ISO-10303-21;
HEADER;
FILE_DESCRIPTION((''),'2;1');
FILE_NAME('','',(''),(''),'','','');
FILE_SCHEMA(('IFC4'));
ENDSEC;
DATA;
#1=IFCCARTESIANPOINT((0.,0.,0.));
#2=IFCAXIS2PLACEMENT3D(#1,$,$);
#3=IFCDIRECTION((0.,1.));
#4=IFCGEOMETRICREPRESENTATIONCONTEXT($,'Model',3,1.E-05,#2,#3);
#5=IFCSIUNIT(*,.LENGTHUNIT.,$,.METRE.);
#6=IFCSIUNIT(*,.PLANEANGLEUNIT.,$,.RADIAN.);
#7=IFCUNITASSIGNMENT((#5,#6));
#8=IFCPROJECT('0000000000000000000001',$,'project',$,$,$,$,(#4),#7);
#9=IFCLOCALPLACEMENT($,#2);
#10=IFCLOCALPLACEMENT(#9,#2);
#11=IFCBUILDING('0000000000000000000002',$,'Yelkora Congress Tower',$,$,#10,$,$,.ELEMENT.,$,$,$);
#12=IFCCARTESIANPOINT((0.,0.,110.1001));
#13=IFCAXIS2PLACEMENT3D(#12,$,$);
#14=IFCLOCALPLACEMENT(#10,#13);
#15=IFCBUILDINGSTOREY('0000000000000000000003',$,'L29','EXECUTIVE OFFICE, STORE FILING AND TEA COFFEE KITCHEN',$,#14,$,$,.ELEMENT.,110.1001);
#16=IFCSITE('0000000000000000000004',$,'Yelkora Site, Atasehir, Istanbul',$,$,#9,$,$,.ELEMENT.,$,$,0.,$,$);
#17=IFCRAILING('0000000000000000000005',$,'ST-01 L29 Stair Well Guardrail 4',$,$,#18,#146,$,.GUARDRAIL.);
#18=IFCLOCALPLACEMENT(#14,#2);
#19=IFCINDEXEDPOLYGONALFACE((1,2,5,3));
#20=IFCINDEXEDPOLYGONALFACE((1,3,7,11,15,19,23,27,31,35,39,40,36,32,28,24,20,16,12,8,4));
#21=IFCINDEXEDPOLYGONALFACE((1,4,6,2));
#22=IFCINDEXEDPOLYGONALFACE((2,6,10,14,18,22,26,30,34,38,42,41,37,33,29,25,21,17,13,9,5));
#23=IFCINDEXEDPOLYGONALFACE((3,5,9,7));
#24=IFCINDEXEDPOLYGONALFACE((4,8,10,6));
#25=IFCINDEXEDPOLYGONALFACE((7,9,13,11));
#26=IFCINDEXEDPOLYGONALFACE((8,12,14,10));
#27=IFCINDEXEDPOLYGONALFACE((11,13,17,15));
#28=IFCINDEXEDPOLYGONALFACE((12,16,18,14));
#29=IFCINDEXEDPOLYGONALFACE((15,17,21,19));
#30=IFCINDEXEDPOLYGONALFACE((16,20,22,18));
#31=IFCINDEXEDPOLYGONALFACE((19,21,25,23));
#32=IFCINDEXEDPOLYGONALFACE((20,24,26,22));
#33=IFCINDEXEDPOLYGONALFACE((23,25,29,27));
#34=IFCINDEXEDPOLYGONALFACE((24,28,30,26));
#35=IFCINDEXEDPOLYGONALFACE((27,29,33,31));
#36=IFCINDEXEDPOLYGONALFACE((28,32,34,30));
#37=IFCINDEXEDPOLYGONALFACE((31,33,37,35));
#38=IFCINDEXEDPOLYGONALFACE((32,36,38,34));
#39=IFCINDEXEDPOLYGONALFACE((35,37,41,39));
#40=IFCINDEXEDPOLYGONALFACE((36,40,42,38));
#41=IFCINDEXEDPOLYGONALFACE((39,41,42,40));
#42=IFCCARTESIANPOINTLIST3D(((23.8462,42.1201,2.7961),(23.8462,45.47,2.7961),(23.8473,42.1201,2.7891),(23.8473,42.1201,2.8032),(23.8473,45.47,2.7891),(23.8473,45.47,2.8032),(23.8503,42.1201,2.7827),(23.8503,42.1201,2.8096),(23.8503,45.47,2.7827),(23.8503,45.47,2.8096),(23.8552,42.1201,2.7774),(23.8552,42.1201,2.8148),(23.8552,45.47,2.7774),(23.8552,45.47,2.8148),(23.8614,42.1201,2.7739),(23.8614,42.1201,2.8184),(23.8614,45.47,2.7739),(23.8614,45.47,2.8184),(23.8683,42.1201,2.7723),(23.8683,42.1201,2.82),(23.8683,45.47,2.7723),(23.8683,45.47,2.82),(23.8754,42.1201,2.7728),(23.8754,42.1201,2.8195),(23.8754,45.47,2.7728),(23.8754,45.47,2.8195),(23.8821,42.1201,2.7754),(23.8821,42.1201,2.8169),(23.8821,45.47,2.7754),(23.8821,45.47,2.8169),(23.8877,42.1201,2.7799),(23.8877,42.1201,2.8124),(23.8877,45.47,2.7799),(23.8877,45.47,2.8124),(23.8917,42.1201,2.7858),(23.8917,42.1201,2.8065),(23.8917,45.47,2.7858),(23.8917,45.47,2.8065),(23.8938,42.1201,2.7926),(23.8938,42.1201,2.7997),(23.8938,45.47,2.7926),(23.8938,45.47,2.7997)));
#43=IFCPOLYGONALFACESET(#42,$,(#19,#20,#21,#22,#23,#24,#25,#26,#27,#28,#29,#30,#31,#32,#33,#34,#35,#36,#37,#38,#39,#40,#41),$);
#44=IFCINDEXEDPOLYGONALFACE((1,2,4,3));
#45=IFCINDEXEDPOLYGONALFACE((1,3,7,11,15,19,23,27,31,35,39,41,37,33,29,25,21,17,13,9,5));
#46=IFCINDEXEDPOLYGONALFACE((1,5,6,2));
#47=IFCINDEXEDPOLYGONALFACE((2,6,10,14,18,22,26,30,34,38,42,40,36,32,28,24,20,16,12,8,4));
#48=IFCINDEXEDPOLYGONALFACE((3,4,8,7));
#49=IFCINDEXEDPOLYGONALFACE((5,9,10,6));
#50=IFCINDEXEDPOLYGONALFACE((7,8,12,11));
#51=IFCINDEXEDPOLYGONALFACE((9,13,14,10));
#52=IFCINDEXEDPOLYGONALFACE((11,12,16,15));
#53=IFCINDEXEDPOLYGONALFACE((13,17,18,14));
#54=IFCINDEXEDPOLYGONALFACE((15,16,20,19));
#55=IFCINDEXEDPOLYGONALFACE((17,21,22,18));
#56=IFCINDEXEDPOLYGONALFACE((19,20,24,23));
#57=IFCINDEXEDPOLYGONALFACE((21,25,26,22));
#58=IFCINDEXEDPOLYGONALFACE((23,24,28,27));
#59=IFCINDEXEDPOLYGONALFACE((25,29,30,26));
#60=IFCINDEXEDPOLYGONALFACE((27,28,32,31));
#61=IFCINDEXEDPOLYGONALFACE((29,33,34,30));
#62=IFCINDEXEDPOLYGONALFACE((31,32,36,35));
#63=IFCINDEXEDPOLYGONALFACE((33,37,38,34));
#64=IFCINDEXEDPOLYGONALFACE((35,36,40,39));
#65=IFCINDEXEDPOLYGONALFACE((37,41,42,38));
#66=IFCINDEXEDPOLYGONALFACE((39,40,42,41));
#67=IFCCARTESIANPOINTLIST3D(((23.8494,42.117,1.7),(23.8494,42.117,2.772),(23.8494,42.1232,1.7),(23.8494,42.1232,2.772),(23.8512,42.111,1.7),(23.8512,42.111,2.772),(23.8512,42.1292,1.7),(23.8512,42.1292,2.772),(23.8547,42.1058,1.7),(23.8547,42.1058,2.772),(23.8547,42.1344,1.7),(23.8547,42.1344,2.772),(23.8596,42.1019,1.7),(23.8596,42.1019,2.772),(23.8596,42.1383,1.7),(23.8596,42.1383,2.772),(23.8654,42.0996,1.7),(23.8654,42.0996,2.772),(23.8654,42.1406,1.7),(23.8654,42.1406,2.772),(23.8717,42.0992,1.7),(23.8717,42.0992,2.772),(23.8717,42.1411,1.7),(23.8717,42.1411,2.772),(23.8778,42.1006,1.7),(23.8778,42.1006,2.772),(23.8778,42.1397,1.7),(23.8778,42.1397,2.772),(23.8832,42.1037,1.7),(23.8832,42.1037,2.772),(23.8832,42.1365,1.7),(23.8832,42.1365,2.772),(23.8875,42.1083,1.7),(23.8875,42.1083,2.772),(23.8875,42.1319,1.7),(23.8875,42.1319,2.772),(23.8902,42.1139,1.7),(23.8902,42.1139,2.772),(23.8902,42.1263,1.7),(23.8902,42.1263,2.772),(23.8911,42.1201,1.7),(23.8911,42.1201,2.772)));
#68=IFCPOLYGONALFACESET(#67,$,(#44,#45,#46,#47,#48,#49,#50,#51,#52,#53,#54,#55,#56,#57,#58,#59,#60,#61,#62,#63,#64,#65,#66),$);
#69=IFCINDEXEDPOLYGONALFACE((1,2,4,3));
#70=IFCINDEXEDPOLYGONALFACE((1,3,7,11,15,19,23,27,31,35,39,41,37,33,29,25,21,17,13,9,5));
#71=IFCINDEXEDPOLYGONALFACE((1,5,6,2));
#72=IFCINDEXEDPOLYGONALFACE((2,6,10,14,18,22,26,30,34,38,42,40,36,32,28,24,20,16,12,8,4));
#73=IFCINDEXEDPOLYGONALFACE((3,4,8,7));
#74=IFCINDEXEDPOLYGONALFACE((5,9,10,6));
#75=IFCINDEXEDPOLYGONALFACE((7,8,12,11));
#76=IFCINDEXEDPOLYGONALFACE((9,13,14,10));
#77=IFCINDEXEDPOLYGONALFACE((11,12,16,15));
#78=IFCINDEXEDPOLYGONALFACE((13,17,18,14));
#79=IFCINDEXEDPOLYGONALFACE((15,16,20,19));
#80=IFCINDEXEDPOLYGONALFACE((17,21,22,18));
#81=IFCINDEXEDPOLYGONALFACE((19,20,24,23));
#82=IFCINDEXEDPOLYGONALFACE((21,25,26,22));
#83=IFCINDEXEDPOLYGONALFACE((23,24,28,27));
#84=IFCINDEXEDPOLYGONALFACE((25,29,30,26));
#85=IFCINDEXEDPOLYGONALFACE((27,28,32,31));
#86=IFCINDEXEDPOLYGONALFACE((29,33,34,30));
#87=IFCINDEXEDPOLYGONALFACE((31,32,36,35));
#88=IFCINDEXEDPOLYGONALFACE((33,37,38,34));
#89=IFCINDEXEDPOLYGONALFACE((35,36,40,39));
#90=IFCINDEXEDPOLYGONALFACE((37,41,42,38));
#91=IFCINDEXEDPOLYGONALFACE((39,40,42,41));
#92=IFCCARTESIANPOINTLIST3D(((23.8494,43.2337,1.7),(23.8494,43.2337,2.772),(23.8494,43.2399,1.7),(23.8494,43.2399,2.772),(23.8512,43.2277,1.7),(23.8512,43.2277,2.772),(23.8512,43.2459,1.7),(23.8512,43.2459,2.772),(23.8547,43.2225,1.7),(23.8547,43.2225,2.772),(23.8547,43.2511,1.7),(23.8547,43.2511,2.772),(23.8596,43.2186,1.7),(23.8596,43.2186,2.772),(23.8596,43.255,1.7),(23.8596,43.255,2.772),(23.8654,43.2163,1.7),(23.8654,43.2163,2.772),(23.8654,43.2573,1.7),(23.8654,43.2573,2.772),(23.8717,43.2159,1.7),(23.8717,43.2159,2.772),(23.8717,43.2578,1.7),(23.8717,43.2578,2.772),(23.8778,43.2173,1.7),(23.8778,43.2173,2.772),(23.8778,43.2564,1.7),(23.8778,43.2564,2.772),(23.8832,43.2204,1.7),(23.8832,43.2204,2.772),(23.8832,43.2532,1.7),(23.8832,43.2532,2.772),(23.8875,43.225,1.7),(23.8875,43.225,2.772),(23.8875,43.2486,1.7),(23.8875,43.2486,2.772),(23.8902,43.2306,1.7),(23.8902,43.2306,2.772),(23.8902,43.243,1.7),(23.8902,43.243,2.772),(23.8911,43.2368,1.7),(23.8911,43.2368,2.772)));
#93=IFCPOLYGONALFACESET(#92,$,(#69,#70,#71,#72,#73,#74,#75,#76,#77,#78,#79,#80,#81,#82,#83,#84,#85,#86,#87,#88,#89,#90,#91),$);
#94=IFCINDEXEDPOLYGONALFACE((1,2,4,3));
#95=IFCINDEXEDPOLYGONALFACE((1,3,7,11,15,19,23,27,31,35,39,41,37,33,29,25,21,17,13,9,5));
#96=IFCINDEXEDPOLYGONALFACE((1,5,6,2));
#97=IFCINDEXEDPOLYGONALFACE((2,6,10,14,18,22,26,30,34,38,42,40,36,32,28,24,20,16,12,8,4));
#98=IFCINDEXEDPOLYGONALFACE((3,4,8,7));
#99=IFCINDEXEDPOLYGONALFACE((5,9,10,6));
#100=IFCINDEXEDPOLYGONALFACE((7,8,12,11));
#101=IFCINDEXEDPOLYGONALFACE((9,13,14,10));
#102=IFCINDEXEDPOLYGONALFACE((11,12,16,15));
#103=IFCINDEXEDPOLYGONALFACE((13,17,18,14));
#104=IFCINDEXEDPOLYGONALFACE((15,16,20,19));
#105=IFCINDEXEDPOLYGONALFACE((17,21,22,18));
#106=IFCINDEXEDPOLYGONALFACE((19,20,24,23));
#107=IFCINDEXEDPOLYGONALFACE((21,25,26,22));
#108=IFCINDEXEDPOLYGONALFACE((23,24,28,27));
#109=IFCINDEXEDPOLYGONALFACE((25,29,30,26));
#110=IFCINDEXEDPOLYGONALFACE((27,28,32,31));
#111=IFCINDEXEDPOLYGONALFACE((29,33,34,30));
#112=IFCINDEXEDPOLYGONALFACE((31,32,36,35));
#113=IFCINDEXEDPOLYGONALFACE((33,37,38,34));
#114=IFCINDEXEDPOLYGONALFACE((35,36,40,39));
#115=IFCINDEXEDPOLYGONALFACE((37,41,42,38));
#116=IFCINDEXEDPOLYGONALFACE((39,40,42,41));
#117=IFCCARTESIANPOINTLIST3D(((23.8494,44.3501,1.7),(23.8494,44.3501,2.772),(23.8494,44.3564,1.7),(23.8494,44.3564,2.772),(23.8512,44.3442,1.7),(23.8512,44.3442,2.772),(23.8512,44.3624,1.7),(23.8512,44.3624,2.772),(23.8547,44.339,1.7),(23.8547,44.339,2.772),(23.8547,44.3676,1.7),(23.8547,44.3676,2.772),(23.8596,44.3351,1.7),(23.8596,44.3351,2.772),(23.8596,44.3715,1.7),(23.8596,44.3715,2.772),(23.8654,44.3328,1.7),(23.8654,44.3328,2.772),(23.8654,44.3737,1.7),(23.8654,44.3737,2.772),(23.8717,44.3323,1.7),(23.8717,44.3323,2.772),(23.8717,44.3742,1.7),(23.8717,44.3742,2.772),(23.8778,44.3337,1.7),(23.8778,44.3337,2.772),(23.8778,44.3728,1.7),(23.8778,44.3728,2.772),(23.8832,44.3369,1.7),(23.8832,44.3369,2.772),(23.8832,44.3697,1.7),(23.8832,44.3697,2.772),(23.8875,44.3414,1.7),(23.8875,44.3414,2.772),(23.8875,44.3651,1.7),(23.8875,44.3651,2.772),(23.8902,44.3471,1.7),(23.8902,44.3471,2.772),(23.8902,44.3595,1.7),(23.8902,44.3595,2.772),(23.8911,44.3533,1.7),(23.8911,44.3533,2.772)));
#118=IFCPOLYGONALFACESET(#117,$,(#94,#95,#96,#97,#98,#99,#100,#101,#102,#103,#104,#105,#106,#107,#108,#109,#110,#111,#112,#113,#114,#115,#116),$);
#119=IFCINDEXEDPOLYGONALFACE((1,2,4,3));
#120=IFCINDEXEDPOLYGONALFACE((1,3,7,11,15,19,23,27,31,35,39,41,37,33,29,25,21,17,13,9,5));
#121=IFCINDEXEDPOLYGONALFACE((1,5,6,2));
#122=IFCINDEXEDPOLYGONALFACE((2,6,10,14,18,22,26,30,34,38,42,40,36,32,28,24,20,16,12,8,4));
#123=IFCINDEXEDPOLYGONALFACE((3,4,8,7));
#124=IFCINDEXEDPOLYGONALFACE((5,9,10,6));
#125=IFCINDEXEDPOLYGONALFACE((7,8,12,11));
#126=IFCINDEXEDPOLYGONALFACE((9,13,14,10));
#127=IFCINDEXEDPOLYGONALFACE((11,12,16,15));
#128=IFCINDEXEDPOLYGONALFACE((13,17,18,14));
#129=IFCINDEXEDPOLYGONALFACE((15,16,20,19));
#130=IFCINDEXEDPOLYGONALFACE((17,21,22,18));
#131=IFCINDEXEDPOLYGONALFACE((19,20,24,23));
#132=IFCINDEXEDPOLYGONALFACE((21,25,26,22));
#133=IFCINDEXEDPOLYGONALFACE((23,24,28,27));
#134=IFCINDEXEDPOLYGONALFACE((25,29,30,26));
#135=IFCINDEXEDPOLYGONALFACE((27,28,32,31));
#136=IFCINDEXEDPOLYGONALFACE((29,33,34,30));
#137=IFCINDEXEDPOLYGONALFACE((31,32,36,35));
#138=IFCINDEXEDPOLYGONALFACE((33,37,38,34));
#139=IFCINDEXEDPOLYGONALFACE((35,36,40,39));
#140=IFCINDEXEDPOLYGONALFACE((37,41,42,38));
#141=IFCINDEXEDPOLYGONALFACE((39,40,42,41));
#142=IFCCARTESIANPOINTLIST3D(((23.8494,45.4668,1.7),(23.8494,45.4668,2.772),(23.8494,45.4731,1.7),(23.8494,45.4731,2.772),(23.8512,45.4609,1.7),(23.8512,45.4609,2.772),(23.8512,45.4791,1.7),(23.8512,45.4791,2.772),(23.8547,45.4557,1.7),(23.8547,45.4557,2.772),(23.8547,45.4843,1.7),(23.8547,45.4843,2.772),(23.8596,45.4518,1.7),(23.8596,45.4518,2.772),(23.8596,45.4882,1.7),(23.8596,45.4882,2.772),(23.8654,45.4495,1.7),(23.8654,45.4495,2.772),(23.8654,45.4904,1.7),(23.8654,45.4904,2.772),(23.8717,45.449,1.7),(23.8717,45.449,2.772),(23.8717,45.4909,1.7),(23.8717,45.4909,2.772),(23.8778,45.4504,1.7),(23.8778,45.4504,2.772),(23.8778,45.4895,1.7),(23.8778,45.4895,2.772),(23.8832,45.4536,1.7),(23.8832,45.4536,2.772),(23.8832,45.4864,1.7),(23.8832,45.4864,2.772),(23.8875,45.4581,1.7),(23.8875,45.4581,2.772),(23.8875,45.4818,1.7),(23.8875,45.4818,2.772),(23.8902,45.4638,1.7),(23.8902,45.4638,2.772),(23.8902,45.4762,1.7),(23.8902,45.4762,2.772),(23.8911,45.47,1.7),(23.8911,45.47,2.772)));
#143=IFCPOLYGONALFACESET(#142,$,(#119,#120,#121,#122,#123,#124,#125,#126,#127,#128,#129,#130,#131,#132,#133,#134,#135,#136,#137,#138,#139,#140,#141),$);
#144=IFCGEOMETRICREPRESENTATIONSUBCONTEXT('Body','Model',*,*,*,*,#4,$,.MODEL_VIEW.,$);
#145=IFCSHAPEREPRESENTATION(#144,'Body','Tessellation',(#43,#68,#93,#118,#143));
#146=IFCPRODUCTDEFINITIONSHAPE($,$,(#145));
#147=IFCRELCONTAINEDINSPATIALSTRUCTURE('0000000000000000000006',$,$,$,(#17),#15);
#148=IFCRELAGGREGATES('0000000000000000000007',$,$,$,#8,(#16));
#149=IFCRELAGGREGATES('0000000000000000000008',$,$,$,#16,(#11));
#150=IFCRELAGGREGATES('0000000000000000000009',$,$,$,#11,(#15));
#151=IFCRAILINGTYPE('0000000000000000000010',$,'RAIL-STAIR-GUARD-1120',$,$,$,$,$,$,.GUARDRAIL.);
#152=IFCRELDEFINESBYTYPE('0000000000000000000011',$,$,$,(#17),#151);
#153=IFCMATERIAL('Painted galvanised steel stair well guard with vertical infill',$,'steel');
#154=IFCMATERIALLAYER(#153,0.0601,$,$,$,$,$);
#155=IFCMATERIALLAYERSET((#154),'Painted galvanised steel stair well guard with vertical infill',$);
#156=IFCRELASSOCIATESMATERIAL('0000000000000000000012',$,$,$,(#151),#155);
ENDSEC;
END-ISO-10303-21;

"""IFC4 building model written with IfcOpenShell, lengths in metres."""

from ifc_helpers import new_model, si_unit, direction, frame, origin, origin_2d, place, context, subcontext, project, spatial, circle, extrude, material, layer, layer_set, type_object, element, save


model = new_model("IFC4")

# Units and contexts
model_context = context("Model", 3, precision=1e-05, world=origin(), true_north=direction((0.0, 1.0)))
body_context = subcontext(model_context, "Body", "Model", "MODEL_VIEW")
ifc_project = project(units=[si_unit("LENGTHUNIT", "METRE"), si_unit("PLANEANGLEUNIT", "RADIAN")], contexts=[model_context])

# Site, building, storey
site_placement = place(None, origin())
site = spatial("IfcSite", under=ifc_project, at=site_placement, Name="Yelkora Site, Atasehir, Istanbul", CompositionType="ELEMENT", RefElevation=0.0)
building_placement = place(site_placement, origin())
building = spatial("IfcBuilding", under=site, at=building_placement, Name="Yelkora Congress Tower", CompositionType="ELEMENT")
storey_placement = place(building_placement, frame((0.0, 0.0, 110.1001)))
storey = spatial("IfcBuildingStorey", under=building, at=storey_placement, Name="L29", Description="EXECUTIVE OFFICE, STORE FILING AND TEA COFFEE KITCHEN", CompositionType="ELEMENT", Elevation=110.1001)

# Railing
ifc_material_1 = material(Name="Painted galvanised steel stair well guard with vertical infill", Category="steel")
ifc_layer_1 = layer(ifc_material_1, 0.0601)
ifc_layer_set_1 = layer_set([ifc_layer_1], Name="Painted galvanised steel stair well guard with vertical infill")
railing_type_1 = type_object("IfcRailingType", Name="RAIL-STAIR-GUARD-1120", PredefinedType="GUARDRAIL", material=ifc_layer_set_1)
railing_1_placement = place(storey_placement, frame((23.8701, 42.1201, 1.7)))
element("IfcRailing", 1, at=railing_1_placement, inside=storey, type_object=railing_type_1, Name="ST-01 L29 Stair Well Guardrail 4", PredefinedType="GUARDRAIL", context=body_context, shape_type="SweptSolid", body=[
    extrude(circle(Radius=0.0239, at=origin_2d()), frame((0.0, 0.0, 1.0962), z_axis=(0.0, 1.0, 0.0), x_axis=(-1.0, 0.0, 0.0)), (0.0, 0.0, 1.0), 3.3499),
    extrude(circle(Radius=0.021, at=origin_2d()), origin(), (0.0, 0.0, 1.0), 1.072),
    extrude(circle(Radius=0.021, at=origin_2d()), frame((0.0, 1.1167, 0.0)), (0.0, 0.0, 1.0), 1.072),
    extrude(circle(Radius=0.021, at=origin_2d()), frame((0.0, 2.2332, 0.0)), (0.0, 0.0, 1.0), 1.072),
    extrude(circle(Radius=0.021, at=origin_2d()), frame((0.0, 3.3499, 0.0)), (0.0, 0.0, 1.0), 1.072),
])

save(model, "model.ifc")
